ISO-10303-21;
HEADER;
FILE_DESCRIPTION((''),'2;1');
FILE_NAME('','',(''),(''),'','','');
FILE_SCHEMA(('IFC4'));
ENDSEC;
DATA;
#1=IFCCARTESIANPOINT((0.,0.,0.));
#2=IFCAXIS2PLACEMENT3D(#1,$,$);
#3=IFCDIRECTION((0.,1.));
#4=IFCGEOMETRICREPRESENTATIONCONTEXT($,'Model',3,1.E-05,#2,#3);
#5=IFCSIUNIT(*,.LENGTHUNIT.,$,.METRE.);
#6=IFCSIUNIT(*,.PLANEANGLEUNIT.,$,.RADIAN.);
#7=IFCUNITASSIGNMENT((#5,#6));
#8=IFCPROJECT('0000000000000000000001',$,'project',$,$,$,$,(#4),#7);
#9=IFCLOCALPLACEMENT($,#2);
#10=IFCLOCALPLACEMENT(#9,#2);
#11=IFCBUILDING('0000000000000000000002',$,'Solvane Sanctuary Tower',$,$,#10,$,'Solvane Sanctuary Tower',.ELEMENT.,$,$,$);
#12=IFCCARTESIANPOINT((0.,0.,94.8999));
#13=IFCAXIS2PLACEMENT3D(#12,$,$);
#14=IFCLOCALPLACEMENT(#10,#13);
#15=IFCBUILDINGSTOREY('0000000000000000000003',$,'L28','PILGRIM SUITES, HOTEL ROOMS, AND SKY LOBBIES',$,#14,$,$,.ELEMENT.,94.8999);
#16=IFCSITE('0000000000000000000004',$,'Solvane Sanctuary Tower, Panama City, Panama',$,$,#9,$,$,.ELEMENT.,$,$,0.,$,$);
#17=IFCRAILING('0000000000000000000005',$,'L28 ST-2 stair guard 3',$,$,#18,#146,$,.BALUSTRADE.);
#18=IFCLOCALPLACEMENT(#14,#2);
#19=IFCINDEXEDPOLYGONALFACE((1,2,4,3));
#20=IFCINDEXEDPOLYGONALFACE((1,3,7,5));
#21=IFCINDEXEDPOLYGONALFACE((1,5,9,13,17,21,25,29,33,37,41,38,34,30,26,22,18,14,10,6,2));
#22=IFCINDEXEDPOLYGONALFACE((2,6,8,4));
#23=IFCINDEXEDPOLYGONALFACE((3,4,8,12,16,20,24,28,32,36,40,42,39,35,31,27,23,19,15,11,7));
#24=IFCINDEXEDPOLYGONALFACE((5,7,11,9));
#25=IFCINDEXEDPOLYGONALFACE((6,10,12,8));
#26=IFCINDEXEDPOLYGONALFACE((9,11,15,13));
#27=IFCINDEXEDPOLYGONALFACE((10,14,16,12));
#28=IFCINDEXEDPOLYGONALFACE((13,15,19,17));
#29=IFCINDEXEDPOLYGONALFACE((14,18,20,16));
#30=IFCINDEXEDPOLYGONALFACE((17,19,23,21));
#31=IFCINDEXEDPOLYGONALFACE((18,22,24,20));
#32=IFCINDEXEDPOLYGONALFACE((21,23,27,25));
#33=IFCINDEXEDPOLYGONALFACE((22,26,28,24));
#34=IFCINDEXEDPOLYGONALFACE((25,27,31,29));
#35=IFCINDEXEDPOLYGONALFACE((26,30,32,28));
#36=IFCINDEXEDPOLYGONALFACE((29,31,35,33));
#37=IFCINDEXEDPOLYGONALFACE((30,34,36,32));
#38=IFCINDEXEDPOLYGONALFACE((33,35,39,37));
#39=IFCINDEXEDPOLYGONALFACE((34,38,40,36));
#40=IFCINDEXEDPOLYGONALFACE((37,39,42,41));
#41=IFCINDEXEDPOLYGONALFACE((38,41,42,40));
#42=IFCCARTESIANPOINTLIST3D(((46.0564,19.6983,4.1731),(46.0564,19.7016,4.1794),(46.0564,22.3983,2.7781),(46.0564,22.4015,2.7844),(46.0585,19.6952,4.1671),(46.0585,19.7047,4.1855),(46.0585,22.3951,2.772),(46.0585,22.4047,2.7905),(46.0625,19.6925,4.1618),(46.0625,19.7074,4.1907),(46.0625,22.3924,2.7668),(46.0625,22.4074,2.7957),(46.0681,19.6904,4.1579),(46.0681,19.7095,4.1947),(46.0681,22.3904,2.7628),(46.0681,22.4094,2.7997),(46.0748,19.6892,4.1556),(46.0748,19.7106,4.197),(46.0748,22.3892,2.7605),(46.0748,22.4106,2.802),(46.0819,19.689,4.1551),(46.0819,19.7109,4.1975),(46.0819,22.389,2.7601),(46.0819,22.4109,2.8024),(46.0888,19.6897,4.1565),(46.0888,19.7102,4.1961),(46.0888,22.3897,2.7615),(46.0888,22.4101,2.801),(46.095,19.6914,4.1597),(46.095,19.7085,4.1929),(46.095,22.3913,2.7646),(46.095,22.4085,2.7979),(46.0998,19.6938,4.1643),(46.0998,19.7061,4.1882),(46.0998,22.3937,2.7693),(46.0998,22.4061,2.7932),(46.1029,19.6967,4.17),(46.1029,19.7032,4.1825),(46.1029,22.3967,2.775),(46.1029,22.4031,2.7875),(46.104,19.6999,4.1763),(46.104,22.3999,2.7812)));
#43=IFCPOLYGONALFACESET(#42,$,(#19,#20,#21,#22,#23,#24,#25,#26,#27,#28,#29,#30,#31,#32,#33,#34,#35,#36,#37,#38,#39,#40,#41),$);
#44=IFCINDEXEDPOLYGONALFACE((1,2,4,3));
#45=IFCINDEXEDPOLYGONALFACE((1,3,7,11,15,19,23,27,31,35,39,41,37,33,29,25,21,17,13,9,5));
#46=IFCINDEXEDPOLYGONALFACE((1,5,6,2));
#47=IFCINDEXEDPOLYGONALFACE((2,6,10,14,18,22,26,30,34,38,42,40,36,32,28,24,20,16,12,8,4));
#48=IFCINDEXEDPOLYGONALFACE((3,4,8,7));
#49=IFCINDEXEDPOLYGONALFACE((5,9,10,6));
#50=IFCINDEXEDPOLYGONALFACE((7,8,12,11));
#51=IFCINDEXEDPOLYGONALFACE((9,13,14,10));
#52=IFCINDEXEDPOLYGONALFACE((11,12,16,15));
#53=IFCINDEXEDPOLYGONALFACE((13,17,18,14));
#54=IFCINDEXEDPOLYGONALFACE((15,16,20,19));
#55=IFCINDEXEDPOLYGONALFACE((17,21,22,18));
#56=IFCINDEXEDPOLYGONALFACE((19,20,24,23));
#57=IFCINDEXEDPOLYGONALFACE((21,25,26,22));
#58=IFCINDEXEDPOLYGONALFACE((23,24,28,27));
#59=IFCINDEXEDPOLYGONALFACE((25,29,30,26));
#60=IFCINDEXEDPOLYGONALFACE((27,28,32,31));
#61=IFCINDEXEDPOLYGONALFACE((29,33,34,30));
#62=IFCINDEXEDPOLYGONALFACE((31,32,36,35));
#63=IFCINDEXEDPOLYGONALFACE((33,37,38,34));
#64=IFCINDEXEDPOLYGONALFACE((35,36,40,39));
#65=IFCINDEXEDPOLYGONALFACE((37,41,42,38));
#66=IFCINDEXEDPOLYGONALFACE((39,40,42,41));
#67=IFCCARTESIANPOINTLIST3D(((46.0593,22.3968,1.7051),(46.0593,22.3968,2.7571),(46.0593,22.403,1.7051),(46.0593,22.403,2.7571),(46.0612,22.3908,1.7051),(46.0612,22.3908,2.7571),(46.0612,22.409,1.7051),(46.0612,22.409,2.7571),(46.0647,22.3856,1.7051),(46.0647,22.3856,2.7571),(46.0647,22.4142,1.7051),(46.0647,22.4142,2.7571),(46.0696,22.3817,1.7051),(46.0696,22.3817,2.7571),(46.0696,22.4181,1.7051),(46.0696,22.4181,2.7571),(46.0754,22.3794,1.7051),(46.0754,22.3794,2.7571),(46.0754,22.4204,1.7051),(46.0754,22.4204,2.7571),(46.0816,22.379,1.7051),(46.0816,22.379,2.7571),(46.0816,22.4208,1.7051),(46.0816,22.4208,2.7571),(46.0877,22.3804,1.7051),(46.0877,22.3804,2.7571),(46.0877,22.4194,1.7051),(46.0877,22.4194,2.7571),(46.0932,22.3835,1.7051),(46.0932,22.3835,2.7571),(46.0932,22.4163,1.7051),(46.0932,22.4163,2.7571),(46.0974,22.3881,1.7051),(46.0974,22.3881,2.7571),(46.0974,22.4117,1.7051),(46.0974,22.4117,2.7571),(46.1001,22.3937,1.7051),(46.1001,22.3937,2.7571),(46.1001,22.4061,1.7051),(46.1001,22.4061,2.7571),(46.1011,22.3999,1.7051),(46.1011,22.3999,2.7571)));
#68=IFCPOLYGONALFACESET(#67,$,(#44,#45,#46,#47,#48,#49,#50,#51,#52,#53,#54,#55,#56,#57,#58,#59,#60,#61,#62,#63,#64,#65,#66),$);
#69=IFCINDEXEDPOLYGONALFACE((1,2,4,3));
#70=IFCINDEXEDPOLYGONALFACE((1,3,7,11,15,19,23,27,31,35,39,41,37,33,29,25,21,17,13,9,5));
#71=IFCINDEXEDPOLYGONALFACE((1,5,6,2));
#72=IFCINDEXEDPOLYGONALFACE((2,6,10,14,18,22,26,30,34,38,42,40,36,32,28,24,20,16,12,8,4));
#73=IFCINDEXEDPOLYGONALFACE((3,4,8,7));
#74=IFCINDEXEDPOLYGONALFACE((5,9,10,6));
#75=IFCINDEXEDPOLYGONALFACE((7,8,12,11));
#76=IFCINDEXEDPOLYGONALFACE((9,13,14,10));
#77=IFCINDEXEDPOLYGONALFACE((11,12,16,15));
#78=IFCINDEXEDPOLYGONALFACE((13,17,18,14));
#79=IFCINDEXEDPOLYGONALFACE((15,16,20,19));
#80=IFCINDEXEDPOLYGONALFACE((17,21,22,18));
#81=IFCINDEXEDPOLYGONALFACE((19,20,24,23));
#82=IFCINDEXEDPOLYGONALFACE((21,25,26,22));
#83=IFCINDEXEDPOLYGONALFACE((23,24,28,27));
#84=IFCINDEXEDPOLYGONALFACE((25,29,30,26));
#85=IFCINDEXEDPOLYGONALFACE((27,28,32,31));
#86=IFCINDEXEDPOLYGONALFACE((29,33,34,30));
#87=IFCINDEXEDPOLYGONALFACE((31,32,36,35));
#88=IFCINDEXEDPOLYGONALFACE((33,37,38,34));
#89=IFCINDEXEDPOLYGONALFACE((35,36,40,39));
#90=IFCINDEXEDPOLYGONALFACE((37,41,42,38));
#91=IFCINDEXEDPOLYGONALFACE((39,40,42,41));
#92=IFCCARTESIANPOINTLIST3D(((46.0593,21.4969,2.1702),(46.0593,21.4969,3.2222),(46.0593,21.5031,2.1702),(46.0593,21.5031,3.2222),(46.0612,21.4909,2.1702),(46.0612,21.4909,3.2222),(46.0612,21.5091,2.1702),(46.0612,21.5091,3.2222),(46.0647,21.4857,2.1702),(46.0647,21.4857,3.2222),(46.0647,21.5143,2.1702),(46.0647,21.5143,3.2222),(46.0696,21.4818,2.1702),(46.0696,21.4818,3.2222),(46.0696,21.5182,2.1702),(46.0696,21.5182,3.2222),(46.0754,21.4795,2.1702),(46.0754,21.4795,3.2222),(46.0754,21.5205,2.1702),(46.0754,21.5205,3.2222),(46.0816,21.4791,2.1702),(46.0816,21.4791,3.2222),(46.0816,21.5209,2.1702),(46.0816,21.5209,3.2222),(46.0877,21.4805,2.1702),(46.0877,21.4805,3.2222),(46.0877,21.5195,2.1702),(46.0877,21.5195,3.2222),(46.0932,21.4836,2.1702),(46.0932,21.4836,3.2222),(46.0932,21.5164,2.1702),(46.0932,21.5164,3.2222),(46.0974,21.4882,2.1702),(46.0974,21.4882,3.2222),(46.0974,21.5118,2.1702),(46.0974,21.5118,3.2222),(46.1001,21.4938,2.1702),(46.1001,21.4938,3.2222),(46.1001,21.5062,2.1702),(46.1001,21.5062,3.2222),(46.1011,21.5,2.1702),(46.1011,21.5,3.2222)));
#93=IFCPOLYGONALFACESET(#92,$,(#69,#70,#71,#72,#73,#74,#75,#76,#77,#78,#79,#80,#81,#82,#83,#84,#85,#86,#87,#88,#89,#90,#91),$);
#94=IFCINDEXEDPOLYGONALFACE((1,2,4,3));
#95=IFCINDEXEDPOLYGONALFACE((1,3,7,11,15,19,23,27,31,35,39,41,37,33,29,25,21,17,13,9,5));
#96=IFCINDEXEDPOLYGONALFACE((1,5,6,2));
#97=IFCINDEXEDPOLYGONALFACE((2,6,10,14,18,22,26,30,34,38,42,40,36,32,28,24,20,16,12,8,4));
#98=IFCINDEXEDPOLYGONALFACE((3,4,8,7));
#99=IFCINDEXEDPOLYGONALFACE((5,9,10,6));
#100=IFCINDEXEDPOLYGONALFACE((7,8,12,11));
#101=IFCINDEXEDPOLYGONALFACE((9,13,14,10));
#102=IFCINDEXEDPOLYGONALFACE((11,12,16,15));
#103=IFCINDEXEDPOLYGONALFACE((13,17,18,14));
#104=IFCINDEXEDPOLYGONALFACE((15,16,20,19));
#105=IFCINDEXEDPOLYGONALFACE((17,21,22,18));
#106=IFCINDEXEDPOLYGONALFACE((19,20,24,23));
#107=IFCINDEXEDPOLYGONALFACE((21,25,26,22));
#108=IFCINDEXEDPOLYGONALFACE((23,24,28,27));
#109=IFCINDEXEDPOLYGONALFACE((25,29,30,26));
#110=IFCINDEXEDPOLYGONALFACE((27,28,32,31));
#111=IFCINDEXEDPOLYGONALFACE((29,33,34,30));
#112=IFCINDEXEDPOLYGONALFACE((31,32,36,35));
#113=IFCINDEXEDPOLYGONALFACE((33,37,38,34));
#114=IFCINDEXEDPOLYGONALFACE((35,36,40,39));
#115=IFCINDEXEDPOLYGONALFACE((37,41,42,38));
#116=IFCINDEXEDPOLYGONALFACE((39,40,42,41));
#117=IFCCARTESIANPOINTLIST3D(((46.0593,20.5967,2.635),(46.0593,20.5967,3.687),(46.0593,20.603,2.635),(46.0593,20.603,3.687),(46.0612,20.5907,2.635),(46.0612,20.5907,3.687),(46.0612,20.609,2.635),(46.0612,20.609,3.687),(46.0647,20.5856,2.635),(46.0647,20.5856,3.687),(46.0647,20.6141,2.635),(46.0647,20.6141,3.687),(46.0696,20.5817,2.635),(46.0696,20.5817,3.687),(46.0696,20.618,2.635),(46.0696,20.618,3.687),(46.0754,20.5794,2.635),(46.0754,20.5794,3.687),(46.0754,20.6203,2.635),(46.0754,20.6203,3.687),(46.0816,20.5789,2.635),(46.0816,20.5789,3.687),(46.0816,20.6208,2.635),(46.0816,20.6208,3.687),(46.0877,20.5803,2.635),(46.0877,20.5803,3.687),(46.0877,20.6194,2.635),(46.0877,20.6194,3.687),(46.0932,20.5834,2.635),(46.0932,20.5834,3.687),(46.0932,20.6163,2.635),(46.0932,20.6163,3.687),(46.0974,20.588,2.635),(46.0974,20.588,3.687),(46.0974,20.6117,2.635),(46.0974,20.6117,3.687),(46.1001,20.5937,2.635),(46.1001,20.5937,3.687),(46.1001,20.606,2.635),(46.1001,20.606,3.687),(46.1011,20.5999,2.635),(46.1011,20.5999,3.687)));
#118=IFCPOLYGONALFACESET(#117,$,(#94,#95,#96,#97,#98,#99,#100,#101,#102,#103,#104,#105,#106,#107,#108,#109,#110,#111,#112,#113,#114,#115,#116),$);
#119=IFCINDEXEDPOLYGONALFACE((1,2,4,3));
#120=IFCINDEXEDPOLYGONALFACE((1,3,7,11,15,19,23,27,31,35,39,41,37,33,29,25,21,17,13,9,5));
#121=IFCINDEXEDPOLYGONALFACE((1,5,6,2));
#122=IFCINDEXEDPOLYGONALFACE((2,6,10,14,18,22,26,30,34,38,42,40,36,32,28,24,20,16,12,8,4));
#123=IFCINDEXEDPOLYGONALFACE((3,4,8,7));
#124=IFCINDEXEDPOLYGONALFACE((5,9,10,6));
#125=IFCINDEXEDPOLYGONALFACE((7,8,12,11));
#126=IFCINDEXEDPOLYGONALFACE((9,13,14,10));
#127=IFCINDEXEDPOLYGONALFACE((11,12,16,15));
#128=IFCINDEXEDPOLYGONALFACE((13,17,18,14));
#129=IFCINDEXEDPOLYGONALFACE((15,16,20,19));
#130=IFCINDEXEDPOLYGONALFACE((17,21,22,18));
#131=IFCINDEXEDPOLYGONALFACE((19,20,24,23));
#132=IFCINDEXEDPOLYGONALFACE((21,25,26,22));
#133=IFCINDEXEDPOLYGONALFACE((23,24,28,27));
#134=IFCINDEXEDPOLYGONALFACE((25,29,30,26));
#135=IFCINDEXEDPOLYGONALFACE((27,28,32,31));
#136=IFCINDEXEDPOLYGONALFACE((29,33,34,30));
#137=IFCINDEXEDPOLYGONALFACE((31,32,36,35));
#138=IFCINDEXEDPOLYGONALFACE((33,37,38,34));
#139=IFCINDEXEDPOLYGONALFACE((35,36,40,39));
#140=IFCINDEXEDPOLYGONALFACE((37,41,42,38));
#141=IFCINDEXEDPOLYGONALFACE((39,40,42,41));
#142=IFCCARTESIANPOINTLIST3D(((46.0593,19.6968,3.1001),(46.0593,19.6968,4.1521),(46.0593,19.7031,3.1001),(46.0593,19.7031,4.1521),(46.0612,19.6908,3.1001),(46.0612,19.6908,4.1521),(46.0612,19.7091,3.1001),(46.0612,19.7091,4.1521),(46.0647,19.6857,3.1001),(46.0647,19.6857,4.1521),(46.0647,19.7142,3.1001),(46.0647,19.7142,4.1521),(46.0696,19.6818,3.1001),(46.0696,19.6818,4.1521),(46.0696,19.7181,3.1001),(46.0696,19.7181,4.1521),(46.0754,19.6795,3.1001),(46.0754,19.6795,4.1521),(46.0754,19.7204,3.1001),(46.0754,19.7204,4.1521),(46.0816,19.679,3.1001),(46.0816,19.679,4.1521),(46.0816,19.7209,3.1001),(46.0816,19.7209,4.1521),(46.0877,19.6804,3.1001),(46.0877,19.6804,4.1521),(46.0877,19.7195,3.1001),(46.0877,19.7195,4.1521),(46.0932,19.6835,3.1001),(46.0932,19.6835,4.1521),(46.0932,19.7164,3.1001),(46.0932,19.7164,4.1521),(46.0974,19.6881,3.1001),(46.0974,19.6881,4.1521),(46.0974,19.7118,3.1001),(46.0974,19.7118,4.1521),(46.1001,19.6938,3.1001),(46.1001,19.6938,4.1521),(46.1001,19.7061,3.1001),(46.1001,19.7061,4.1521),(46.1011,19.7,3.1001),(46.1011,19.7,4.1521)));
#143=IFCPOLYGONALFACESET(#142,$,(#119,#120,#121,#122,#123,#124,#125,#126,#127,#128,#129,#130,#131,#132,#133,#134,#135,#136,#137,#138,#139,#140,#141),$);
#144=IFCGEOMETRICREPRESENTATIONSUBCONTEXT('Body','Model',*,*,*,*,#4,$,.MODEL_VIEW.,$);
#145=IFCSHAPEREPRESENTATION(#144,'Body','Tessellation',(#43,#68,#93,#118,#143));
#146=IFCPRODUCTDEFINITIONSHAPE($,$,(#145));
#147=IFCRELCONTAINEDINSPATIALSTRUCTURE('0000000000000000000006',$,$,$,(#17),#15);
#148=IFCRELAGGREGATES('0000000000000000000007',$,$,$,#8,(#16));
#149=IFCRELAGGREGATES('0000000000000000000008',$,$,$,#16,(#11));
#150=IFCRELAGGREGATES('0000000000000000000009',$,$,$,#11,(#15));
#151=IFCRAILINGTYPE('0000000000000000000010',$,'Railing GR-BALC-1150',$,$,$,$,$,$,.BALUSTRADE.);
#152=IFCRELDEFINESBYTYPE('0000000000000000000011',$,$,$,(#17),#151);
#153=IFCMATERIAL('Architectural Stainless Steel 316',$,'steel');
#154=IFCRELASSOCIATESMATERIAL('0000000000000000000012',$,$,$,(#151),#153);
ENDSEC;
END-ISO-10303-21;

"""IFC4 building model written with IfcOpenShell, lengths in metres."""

from ifc_helpers import new_model, si_unit, direction, frame, origin, origin_2d, place, context, subcontext, project, spatial, circle, extrude, material, type_object, element, save


model = new_model("IFC4")

# Units and contexts
model_context = context("Model", 3, precision=1e-05, world=origin(), true_north=direction((0.0, 1.0)))
body_context = subcontext(model_context, "Body", "Model", "MODEL_VIEW")
ifc_project = project(units=[si_unit("LENGTHUNIT", "METRE"), si_unit("PLANEANGLEUNIT", "RADIAN")], contexts=[model_context])

# Site, building, storey
site_placement = place(None, origin())
site = spatial("IfcSite", under=ifc_project, at=site_placement, Name="Solvane Sanctuary Tower, Panama City, Panama", CompositionType="ELEMENT", RefElevation=0.0)
building_placement = place(site_placement, origin())
building = spatial("IfcBuilding", under=site, at=building_placement, Name="Solvane Sanctuary Tower", LongName="Solvane Sanctuary Tower", CompositionType="ELEMENT")
storey_placement = place(building_placement, frame((0.0, 0.0, 94.8999)))
storey = spatial("IfcBuildingStorey", under=building, at=storey_placement, Name="L28", Description="PILGRIM SUITES, HOTEL ROOMS, AND SKY LOBBIES", CompositionType="ELEMENT", Elevation=94.8999)

# Shared definitions
ifc_material_1 = material(Name="Architectural Stainless Steel 316", Category="steel")

# Railing
railing_type_1 = type_object("IfcRailingType", Name="Railing GR-BALC-1150", PredefinedType="BALUSTRADE", material=ifc_material_1)
railing_1_placement = place(storey_placement, frame((46.0801, 22.3999, 1.7051)))
element("IfcRailing", 1, at=railing_1_placement, inside=storey, type_object=railing_type_1, Name="L28 ST-2 stair guard 3", PredefinedType="BALUSTRADE", context=body_context, shape_type="SweptSolid", body=[
    extrude(circle(Radius=0.0239, at=origin_2d()), frame((0.0, 0.0, 1.0762), z_axis=(0.0, -0.88842, 0.459032), x_axis=(1.0, 0.0, 0.0)), (0.0, 0.0, 1.0), 3.0391),
    extrude(circle(Radius=0.021, at=origin_2d()), origin(), (0.0, 0.0, 1.0), 1.052),
    extrude(circle(Radius=0.021, at=origin_2d()), frame((0.0, -0.8999, 0.4651)), (0.0, 0.0, 1.0), 1.052),
    extrude(circle(Radius=0.021, at=origin_2d()), frame((0.0, -1.8, 0.9299)), (0.0, 0.0, 1.0), 1.052),
    extrude(circle(Radius=0.021, at=origin_2d()), frame((0.0, -2.7, 1.395)), (0.0, 0.0, 1.0), 1.052),
])

save(model, "model.ifc")
